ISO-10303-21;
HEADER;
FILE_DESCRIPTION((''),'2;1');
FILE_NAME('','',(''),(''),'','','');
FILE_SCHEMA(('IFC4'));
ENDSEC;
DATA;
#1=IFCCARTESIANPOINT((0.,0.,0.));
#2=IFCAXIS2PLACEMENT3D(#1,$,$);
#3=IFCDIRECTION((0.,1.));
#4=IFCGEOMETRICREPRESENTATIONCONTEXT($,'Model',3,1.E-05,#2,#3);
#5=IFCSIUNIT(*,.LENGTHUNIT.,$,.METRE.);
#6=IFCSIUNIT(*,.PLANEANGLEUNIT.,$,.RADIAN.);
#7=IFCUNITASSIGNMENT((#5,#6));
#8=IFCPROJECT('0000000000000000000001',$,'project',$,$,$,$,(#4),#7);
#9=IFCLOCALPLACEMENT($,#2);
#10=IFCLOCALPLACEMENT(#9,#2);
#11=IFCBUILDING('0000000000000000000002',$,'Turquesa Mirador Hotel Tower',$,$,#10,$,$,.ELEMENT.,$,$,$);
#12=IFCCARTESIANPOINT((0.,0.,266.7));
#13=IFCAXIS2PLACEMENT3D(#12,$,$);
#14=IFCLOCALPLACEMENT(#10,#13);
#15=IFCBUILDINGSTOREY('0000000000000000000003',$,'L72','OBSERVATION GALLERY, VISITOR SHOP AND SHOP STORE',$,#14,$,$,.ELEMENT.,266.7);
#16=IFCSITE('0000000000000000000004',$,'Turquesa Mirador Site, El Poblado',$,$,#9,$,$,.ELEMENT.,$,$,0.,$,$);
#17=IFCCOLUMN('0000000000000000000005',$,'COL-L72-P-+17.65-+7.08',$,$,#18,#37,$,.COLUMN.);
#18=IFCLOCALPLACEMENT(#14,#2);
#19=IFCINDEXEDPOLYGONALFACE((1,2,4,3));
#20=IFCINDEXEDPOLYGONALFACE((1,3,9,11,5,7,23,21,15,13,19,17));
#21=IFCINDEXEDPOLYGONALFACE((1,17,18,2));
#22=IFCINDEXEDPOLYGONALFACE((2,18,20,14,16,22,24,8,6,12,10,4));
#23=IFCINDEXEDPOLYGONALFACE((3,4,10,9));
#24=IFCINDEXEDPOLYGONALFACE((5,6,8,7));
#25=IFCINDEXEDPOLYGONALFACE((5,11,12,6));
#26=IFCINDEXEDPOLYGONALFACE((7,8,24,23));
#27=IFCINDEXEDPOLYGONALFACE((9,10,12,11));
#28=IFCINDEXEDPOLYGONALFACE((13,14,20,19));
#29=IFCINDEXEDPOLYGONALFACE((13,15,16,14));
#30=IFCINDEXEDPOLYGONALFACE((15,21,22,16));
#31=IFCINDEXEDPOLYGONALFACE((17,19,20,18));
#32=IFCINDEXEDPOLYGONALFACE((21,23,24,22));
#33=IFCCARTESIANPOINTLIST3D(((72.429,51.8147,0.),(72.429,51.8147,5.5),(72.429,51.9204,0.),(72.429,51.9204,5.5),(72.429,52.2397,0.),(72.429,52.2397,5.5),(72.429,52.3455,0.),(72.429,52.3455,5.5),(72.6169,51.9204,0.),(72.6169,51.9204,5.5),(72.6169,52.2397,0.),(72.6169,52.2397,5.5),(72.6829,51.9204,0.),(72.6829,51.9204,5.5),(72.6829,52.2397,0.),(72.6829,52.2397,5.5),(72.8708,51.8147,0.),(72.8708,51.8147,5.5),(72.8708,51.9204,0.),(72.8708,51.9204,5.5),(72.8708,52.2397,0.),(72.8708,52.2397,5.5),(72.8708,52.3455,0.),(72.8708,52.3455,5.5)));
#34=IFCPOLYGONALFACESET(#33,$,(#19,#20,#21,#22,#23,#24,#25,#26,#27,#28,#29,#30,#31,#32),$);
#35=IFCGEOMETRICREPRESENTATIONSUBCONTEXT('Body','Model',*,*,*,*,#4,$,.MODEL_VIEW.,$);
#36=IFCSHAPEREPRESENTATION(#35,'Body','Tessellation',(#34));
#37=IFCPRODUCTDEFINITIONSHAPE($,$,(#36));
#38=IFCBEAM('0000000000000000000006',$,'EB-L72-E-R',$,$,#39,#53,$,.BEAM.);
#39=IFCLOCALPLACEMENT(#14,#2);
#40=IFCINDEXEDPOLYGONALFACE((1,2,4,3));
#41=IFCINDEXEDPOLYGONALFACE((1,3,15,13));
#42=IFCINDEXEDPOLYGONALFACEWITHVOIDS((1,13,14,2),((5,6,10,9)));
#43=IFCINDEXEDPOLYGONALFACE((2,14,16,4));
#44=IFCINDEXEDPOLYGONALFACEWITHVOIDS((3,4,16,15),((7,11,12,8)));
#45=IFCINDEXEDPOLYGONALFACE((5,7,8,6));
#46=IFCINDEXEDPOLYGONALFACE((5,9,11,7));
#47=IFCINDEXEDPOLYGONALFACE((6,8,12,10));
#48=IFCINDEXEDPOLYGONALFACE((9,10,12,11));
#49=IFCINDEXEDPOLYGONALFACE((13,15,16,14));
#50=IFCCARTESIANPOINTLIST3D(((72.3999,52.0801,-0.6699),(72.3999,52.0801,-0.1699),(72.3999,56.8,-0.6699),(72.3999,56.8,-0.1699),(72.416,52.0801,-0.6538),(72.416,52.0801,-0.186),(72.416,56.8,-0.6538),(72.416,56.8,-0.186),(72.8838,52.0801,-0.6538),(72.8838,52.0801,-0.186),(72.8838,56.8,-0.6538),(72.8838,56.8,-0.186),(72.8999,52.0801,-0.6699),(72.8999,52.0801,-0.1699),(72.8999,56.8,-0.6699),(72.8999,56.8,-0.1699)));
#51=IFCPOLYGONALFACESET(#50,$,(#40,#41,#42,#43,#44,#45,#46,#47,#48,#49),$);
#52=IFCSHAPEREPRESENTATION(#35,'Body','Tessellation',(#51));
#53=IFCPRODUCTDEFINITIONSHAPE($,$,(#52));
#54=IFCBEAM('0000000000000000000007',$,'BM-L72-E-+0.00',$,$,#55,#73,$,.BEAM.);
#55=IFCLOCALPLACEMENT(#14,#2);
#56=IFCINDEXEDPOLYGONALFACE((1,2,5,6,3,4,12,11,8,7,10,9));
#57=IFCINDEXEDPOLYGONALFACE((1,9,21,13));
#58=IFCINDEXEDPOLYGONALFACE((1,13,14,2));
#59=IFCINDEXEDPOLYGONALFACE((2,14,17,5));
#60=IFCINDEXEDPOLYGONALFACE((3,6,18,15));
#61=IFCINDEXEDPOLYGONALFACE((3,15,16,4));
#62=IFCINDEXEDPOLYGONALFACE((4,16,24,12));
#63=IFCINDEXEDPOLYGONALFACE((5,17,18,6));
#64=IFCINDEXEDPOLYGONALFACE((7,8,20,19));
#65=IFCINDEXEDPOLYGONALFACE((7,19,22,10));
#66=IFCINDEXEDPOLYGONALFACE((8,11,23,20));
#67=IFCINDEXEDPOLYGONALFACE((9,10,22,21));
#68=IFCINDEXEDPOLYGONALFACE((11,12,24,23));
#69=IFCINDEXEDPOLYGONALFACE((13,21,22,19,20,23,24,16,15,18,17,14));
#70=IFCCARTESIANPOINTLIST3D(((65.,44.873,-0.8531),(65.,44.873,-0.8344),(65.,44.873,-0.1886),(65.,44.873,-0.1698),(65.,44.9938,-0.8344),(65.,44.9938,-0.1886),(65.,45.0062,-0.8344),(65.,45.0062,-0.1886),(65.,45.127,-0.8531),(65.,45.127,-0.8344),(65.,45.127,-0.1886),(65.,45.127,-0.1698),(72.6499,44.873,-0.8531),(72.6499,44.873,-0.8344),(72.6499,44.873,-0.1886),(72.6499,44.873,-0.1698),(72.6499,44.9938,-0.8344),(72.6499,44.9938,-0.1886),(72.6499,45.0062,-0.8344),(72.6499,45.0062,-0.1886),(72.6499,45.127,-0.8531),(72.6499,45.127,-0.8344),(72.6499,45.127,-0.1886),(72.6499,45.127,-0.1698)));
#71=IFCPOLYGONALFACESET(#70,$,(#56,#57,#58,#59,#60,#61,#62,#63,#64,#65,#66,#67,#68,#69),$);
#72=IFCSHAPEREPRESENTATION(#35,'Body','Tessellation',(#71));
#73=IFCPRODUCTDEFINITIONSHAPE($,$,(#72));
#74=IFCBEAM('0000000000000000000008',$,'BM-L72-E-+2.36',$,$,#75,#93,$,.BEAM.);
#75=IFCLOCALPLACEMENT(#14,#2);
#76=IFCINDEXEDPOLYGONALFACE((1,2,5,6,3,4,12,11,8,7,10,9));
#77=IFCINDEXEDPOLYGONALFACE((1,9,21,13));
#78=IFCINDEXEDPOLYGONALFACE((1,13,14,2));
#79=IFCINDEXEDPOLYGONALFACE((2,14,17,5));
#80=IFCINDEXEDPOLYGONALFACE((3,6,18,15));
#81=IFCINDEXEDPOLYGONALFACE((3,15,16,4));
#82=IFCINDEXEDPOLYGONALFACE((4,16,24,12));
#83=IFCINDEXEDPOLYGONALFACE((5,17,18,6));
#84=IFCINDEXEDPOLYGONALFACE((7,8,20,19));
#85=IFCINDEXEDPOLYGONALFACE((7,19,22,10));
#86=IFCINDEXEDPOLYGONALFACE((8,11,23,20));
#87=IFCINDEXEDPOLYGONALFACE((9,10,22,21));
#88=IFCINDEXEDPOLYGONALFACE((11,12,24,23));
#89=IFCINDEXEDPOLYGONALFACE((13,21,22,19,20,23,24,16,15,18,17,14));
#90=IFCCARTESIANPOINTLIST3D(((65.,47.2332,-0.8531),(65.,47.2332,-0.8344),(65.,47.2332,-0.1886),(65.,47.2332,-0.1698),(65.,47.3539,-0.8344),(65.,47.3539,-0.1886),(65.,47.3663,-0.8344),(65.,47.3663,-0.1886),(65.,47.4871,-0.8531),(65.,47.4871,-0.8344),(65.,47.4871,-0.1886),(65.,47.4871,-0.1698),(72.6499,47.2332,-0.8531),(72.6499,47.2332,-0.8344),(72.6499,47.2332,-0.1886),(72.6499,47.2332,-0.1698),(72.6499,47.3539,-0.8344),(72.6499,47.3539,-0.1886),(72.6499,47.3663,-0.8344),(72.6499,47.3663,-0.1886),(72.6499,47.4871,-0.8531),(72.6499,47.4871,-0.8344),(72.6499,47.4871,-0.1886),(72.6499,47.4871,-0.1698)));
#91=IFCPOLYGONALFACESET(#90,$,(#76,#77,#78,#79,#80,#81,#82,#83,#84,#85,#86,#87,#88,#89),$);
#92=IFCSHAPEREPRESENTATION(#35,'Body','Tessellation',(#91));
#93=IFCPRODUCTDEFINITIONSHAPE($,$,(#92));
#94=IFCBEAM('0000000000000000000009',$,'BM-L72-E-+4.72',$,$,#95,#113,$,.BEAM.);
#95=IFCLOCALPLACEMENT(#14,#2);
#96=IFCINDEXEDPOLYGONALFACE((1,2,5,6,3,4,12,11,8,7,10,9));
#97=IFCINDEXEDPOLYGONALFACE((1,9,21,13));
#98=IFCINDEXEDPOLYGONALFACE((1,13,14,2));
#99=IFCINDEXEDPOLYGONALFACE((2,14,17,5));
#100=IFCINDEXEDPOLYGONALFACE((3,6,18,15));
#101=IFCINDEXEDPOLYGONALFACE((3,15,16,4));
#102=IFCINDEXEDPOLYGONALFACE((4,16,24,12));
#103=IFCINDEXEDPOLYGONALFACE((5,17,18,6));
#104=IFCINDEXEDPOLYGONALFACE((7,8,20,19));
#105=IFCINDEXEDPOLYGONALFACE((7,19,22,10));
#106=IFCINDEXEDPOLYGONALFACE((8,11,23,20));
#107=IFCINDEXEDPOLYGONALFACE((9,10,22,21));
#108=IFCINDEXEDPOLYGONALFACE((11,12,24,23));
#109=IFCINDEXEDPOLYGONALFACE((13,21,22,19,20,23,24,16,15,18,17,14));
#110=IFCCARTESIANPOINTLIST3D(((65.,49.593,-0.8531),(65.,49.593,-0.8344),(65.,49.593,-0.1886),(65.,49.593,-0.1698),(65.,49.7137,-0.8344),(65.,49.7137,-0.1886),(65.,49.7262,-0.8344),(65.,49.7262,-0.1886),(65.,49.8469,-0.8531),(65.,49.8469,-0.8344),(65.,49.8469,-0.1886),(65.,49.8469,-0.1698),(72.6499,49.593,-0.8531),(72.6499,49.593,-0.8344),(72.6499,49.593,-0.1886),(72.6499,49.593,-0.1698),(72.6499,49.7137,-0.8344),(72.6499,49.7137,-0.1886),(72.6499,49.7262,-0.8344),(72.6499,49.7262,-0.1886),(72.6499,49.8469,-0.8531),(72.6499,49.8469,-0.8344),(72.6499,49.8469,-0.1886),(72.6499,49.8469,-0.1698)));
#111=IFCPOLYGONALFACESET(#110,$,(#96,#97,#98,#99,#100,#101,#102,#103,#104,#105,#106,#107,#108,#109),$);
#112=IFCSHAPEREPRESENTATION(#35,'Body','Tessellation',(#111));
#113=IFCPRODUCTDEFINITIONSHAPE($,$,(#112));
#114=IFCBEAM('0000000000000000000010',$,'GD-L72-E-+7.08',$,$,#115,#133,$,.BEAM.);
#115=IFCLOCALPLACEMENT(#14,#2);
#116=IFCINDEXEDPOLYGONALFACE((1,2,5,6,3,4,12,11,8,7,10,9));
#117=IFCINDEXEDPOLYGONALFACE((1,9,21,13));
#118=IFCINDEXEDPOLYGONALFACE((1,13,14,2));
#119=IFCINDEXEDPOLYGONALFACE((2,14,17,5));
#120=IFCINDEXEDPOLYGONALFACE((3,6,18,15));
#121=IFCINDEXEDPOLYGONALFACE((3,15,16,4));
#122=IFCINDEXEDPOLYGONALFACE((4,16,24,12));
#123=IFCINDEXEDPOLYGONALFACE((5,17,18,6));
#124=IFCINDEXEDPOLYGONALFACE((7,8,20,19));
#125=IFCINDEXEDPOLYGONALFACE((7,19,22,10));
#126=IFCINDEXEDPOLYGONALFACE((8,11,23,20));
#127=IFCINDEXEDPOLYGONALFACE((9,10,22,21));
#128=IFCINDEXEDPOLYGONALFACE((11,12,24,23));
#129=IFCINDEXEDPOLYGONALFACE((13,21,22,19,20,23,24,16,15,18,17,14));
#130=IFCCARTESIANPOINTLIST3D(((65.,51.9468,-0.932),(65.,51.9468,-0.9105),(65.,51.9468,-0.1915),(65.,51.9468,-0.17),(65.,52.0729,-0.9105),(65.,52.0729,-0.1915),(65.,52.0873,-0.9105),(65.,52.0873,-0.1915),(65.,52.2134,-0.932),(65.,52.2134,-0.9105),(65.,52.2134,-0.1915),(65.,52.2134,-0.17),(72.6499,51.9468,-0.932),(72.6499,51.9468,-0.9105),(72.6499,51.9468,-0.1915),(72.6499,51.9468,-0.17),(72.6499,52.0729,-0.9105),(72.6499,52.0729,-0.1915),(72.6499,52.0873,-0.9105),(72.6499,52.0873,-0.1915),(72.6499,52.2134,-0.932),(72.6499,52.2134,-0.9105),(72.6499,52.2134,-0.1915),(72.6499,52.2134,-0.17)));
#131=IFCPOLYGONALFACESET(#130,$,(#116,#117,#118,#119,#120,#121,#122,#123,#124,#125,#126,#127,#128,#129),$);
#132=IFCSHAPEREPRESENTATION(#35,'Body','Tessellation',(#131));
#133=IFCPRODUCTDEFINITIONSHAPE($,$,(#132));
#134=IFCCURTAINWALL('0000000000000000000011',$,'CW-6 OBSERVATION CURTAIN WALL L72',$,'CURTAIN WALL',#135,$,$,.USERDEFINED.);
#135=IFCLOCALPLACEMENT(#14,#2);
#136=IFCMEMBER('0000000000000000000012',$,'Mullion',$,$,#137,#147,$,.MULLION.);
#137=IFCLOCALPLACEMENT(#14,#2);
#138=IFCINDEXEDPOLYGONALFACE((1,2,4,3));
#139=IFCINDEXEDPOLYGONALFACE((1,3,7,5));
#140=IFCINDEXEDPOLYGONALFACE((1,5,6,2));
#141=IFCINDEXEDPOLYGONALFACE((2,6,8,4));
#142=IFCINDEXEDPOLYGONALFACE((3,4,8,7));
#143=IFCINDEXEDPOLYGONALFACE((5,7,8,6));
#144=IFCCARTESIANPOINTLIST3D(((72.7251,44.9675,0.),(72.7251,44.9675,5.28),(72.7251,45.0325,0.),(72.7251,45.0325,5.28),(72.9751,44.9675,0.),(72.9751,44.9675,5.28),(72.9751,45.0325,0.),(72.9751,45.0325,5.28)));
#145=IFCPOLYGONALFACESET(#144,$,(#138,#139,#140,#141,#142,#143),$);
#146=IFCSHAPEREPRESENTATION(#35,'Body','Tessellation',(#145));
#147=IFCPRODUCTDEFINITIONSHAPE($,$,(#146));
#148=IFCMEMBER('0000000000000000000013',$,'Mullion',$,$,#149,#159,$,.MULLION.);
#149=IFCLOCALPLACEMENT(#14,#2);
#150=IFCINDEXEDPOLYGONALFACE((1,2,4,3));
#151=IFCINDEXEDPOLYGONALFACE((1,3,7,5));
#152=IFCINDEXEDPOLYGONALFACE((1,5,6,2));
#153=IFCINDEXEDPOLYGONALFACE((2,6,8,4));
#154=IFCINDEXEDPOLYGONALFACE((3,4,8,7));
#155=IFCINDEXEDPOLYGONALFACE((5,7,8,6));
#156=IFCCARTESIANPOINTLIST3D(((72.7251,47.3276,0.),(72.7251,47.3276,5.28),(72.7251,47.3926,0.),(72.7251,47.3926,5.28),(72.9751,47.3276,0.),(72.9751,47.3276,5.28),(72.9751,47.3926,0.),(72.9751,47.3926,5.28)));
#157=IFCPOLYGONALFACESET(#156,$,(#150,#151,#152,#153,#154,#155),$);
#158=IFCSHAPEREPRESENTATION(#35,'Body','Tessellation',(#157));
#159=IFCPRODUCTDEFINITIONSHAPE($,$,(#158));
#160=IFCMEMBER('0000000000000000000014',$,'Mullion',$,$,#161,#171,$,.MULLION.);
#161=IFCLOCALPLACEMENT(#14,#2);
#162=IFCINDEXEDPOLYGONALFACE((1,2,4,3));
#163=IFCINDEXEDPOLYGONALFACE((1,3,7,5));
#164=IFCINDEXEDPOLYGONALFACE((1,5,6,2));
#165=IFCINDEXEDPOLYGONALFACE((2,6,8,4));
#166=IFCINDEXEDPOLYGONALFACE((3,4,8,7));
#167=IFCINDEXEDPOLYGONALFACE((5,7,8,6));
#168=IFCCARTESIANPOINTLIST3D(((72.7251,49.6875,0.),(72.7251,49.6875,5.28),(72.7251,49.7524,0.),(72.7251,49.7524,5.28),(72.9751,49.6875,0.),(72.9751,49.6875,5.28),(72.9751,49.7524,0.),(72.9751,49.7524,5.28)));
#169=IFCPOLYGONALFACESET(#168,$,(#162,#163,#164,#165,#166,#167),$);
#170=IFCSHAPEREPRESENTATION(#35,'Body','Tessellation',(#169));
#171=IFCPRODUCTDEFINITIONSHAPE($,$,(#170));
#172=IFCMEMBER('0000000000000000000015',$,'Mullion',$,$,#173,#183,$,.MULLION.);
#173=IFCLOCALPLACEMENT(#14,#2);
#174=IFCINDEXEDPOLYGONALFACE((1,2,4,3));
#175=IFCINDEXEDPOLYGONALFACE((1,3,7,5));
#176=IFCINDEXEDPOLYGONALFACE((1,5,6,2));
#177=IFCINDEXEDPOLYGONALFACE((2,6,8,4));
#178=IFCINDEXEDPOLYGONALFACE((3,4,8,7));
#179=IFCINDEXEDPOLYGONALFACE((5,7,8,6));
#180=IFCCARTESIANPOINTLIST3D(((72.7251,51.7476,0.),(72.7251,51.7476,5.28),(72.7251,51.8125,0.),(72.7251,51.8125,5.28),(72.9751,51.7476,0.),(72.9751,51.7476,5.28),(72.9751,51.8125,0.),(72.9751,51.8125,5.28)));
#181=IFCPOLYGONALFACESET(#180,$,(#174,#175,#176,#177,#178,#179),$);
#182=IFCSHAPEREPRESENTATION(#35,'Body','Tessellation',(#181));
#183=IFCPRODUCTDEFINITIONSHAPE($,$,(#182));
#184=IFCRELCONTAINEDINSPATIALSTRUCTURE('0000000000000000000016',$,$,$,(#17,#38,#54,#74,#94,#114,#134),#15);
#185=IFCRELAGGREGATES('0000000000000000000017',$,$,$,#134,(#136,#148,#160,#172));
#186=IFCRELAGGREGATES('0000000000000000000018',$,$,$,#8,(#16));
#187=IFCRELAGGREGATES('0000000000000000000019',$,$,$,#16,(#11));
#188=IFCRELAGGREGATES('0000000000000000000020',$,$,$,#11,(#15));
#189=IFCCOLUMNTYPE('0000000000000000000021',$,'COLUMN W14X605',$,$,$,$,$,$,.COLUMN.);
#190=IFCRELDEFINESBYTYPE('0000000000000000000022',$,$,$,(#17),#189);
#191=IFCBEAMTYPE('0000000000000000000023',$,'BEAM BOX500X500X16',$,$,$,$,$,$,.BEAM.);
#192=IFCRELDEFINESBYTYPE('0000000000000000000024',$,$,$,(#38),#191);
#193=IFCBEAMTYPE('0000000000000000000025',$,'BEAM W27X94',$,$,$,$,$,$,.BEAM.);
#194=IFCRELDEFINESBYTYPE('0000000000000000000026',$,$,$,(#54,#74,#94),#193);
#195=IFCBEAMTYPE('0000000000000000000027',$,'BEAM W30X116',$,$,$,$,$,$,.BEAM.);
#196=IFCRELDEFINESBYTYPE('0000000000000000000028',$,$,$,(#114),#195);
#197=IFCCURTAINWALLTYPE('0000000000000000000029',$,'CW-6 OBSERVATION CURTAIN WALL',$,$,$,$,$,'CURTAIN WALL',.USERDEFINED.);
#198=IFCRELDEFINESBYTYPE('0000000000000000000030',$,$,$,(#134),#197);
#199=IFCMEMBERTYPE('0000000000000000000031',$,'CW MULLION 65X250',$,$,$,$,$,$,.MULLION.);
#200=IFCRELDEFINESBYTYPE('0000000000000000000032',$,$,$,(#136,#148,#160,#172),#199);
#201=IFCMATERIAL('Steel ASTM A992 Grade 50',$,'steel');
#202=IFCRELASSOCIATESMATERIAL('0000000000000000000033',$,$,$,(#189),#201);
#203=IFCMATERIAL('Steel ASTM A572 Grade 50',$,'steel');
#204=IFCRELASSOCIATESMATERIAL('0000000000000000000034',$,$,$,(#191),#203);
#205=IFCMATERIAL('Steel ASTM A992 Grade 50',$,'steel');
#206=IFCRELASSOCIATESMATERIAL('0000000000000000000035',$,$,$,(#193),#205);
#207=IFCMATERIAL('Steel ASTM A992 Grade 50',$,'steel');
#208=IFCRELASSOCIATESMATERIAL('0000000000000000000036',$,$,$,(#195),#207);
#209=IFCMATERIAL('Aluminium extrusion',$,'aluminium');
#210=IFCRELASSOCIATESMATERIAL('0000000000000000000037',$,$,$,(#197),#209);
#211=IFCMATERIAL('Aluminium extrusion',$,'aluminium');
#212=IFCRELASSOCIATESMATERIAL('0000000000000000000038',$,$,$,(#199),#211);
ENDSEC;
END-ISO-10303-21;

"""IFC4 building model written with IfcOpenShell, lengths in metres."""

from ifc_helpers import new_model, si_unit, direction, frame, origin, origin_2d, place, context, subcontext, project, spatial, rectangle, hollow_rectangle, i_section, extrude, material, material_profile, profile_set, type_object, element, aggregate, save


model = new_model("IFC4")

# Units and contexts
model_context = context("Model", 3, precision=1e-05, world=origin(), true_north=direction((0.0, 1.0)))
body_context = subcontext(model_context, "Body", "Model", "MODEL_VIEW")
ifc_project = project(units=[si_unit("LENGTHUNIT", "METRE"), si_unit("PLANEANGLEUNIT", "RADIAN")], contexts=[model_context])

# Site, building, storey
site_placement = place(None, origin())
site = spatial("IfcSite", under=ifc_project, at=site_placement, Name="Turquesa Mirador Site, El Poblado", CompositionType="ELEMENT", RefElevation=0.0)
building_placement = place(site_placement, origin())
building = spatial("IfcBuilding", under=site, at=building_placement, Name="Turquesa Mirador Hotel Tower", CompositionType="ELEMENT")
storey_placement = place(building_placement, frame((0.0, 0.0, 266.7)))
storey = spatial("IfcBuildingStorey", under=building, at=storey_placement, Name="L72", Description="OBSERVATION GALLERY, VISITOR SHOP AND SHOP STORE", CompositionType="ELEMENT", Elevation=266.7)

# Column
ifc_material_1 = material(Name="Steel ASTM A992 Grade 50", Category="steel")
ifc_material_profile_1 = material_profile(ifc_material_1, i_section(OverallWidth=0.4419, OverallDepth=0.5308, WebThickness=0.0659, FlangeThickness=0.1057, at=origin_2d()), Name="W14X605")
ifc_profile_set_1 = profile_set([ifc_material_profile_1], Name="Steel ASTM A992 Grade 50")
column_type = type_object("IfcColumnType", Name="COLUMN W14X605", PredefinedType="COLUMN", material=ifc_profile_set_1)
column_placement = place(storey_placement, frame((72.6499, 52.0801, 0.0), z_axis=(0.0, 0.0, 1.0), x_axis=(1.0, 0.0, 0.0)))
element("IfcColumn", 1, at=column_placement, inside=storey, type_object=column_type, Name="COL-L72-P-+17.65-+7.08", PredefinedType="COLUMN", context=body_context, shape_type="SweptSolid", body=[
    extrude(i_section(OverallWidth=0.4419, OverallDepth=0.5308, WebThickness=0.0659, FlangeThickness=0.1057, at=origin_2d()), origin(), (0.0, 0.0, 1.0), 5.5),
])

# Beams
ifc_material_2 = material(Name="Steel ASTM A572 Grade 50", Category="steel")
ifc_material_profile_2 = material_profile(ifc_material_2, hollow_rectangle(XDim=0.5, YDim=0.5, WallThickness=0.0161, at=origin_2d()), Name="BOX500X500X16")
ifc_profile_set_2 = profile_set([ifc_material_profile_2], Name="Steel ASTM A572 Grade 50")
beam_type_1 = type_object("IfcBeamType", Name="BEAM BOX500X500X16", PredefinedType="BEAM", material=ifc_profile_set_2)
beam_1_placement = place(storey_placement, frame((72.6499, 52.0801, -0.4199), z_axis=(0.0, 1.0, 0.0), x_axis=(-1.0, 0.0, 0.0)))
element("IfcBeam", 2, at=beam_1_placement, inside=storey, type_object=beam_type_1, Name="EB-L72-E-R", PredefinedType="BEAM", context=body_context, shape_type="SweptSolid", body=[
    extrude(hollow_rectangle(XDim=0.5, YDim=0.5, WallThickness=0.0161, at=origin_2d()), origin(), (0.0, 0.0, 1.0), 4.72),
])
ifc_material_3 = material(Name="Steel ASTM A992 Grade 50", Category="steel")
ifc_material_profile_3 = material_profile(ifc_material_3, i_section(OverallWidth=0.2539, OverallDepth=0.6833, WebThickness=0.0125, FlangeThickness=0.0188, at=origin_2d()), Name="W27X94")
ifc_profile_set_3 = profile_set([ifc_material_profile_3], Name="Steel ASTM A992 Grade 50")
beam_type_2 = type_object("IfcBeamType", Name="BEAM W27X94", PredefinedType="BEAM", material=ifc_profile_set_3)
for number, where, z_axis, x_axis, name in (
    (3, (72.6499, 45.0, -0.5115), (-1.0, 0.0, 0.0), (0.0, -1.0, 0.0), "BM-L72-E-+0.00"),
    (4, (72.6499, 47.3601, -0.5115), (-1.0, 0.0, 0.0), (0.0, -1.0, 0.0), "BM-L72-E-+2.36"),
    (5, (72.6499, 49.72, -0.5115), (-1.0, 0.0, 0.0), (0.0, -1.0, 0.0), "BM-L72-E-+4.72"),
):
    element("IfcBeam", number, at=place(storey_placement, frame(where, z_axis=z_axis, x_axis=x_axis)), inside=storey, type_object=beam_type_2, Name=name, PredefinedType="BEAM", context=body_context, shape_type="SweptSolid", body=[
        extrude(i_section(OverallWidth=0.2539, OverallDepth=0.6833, WebThickness=0.0125, FlangeThickness=0.0188, at=origin_2d()), origin(), (0.0, 0.0, 1.0), 7.6499),
    ])
ifc_material_4 = material(Name="Steel ASTM A992 Grade 50", Category="steel")
ifc_material_profile_4 = material_profile(ifc_material_4, i_section(OverallWidth=0.2666, OverallDepth=0.762, WebThickness=0.0144, FlangeThickness=0.0215, at=origin_2d()), Name="W30X116")
ifc_profile_set_4 = profile_set([ifc_material_profile_4], Name="Steel ASTM A992 Grade 50")
beam_type_3 = type_object("IfcBeamType", Name="BEAM W30X116", PredefinedType="BEAM", material=ifc_profile_set_4)
beam_2_placement = place(storey_placement, frame((72.6499, 52.0801, -0.551), z_axis=(-1.0, 0.0, 0.0), x_axis=(0.0, -1.0, 0.0)))
element("IfcBeam", 6, at=beam_2_placement, inside=storey, type_object=beam_type_3, Name="GD-L72-E-+7.08", PredefinedType="BEAM", context=body_context, shape_type="SweptSolid", body=[
    extrude(i_section(OverallWidth=0.2666, OverallDepth=0.762, WebThickness=0.0144, FlangeThickness=0.0215, at=origin_2d()), origin(), (0.0, 0.0, 1.0), 7.6499),
])

# Curtain wall, members
ifc_material_5 = material(Name="Aluminium extrusion", Category="aluminium")
curtain_wall_type = type_object("IfcCurtainWallType", Name="CW-6 OBSERVATION CURTAIN WALL", ElementType="CURTAIN WALL", PredefinedType="USERDEFINED", material=ifc_material_5)
curtain_wall_1_placement = place(storey_placement, origin())
curtain_wall_1 = element("IfcCurtainWall", 7, at=curtain_wall_1_placement, inside=storey, type_object=curtain_wall_type, Name="CW-6 OBSERVATION CURTAIN WALL L72", ObjectType="CURTAIN WALL", PredefinedType="USERDEFINED")
ifc_material_6 = material(Name="Aluminium extrusion", Category="aluminium")
ifc_material_profile_5 = material_profile(ifc_material_6, rectangle(XDim=0.0649, YDim=0.25, at=origin_2d()), Name="MULLION 65X250")
ifc_profile_set_5 = profile_set([ifc_material_profile_5], Name="Aluminium extrusion")
member_type_1 = type_object("IfcMemberType", Name="CW MULLION 65X250", PredefinedType="MULLION", material=ifc_profile_set_5)
member_1_placement = place(storey_placement, frame((72.8501, 45.0, 0.0), z_axis=(0.0, 0.0, 1.0), x_axis=(0.0, 1.0, 0.0)))
member_1 = element("IfcMember", 8, at=member_1_placement, type_object=member_type_1, Name="Mullion", PredefinedType="MULLION", context=body_context, shape_type="SweptSolid", body=[
    extrude(rectangle(XDim=0.0649, YDim=0.25, at=origin_2d()), origin(), (0.0, 0.0, 1.0), 5.28),
])
member_2_placement = place(storey_placement, frame((72.8501, 47.3601, 0.0), z_axis=(0.0, 0.0, 1.0), x_axis=(0.0, 1.0, 0.0)))
member_2 = element("IfcMember", 9, at=member_2_placement, type_object=member_type_1, Name="Mullion", PredefinedType="MULLION", context=body_context, shape_type="SweptSolid", body=[
    extrude(rectangle(XDim=0.0649, YDim=0.25, at=origin_2d()), origin(), (0.0, 0.0, 1.0), 5.28),
])
member_3_placement = place(storey_placement, frame((72.8501, 49.72, 0.0), z_axis=(0.0, 0.0, 1.0), x_axis=(0.0, 1.0, 0.0)))
member_3 = element("IfcMember", 10, at=member_3_placement, type_object=member_type_1, Name="Mullion", PredefinedType="MULLION", context=body_context, shape_type="SweptSolid", body=[
    extrude(rectangle(XDim=0.0649, YDim=0.25, at=origin_2d()), origin(), (0.0, 0.0, 1.0), 5.28),
])
member_4_placement = place(storey_placement, frame((72.8501, 51.78, 0.0), z_axis=(0.0, 0.0, 1.0), x_axis=(0.0, 1.0, 0.0)))
member_4 = element("IfcMember", 11, at=member_4_placement, type_object=member_type_1, Name="Mullion", PredefinedType="MULLION", context=body_context, shape_type="SweptSolid", body=[
    extrude(rectangle(XDim=0.0649, YDim=0.25, at=origin_2d()), origin(), (0.0, 0.0, 1.0), 5.28),
])

aggregate(curtain_wall_1, [member_1, member_2, member_3, member_4])

save(model, "model.ifc")
